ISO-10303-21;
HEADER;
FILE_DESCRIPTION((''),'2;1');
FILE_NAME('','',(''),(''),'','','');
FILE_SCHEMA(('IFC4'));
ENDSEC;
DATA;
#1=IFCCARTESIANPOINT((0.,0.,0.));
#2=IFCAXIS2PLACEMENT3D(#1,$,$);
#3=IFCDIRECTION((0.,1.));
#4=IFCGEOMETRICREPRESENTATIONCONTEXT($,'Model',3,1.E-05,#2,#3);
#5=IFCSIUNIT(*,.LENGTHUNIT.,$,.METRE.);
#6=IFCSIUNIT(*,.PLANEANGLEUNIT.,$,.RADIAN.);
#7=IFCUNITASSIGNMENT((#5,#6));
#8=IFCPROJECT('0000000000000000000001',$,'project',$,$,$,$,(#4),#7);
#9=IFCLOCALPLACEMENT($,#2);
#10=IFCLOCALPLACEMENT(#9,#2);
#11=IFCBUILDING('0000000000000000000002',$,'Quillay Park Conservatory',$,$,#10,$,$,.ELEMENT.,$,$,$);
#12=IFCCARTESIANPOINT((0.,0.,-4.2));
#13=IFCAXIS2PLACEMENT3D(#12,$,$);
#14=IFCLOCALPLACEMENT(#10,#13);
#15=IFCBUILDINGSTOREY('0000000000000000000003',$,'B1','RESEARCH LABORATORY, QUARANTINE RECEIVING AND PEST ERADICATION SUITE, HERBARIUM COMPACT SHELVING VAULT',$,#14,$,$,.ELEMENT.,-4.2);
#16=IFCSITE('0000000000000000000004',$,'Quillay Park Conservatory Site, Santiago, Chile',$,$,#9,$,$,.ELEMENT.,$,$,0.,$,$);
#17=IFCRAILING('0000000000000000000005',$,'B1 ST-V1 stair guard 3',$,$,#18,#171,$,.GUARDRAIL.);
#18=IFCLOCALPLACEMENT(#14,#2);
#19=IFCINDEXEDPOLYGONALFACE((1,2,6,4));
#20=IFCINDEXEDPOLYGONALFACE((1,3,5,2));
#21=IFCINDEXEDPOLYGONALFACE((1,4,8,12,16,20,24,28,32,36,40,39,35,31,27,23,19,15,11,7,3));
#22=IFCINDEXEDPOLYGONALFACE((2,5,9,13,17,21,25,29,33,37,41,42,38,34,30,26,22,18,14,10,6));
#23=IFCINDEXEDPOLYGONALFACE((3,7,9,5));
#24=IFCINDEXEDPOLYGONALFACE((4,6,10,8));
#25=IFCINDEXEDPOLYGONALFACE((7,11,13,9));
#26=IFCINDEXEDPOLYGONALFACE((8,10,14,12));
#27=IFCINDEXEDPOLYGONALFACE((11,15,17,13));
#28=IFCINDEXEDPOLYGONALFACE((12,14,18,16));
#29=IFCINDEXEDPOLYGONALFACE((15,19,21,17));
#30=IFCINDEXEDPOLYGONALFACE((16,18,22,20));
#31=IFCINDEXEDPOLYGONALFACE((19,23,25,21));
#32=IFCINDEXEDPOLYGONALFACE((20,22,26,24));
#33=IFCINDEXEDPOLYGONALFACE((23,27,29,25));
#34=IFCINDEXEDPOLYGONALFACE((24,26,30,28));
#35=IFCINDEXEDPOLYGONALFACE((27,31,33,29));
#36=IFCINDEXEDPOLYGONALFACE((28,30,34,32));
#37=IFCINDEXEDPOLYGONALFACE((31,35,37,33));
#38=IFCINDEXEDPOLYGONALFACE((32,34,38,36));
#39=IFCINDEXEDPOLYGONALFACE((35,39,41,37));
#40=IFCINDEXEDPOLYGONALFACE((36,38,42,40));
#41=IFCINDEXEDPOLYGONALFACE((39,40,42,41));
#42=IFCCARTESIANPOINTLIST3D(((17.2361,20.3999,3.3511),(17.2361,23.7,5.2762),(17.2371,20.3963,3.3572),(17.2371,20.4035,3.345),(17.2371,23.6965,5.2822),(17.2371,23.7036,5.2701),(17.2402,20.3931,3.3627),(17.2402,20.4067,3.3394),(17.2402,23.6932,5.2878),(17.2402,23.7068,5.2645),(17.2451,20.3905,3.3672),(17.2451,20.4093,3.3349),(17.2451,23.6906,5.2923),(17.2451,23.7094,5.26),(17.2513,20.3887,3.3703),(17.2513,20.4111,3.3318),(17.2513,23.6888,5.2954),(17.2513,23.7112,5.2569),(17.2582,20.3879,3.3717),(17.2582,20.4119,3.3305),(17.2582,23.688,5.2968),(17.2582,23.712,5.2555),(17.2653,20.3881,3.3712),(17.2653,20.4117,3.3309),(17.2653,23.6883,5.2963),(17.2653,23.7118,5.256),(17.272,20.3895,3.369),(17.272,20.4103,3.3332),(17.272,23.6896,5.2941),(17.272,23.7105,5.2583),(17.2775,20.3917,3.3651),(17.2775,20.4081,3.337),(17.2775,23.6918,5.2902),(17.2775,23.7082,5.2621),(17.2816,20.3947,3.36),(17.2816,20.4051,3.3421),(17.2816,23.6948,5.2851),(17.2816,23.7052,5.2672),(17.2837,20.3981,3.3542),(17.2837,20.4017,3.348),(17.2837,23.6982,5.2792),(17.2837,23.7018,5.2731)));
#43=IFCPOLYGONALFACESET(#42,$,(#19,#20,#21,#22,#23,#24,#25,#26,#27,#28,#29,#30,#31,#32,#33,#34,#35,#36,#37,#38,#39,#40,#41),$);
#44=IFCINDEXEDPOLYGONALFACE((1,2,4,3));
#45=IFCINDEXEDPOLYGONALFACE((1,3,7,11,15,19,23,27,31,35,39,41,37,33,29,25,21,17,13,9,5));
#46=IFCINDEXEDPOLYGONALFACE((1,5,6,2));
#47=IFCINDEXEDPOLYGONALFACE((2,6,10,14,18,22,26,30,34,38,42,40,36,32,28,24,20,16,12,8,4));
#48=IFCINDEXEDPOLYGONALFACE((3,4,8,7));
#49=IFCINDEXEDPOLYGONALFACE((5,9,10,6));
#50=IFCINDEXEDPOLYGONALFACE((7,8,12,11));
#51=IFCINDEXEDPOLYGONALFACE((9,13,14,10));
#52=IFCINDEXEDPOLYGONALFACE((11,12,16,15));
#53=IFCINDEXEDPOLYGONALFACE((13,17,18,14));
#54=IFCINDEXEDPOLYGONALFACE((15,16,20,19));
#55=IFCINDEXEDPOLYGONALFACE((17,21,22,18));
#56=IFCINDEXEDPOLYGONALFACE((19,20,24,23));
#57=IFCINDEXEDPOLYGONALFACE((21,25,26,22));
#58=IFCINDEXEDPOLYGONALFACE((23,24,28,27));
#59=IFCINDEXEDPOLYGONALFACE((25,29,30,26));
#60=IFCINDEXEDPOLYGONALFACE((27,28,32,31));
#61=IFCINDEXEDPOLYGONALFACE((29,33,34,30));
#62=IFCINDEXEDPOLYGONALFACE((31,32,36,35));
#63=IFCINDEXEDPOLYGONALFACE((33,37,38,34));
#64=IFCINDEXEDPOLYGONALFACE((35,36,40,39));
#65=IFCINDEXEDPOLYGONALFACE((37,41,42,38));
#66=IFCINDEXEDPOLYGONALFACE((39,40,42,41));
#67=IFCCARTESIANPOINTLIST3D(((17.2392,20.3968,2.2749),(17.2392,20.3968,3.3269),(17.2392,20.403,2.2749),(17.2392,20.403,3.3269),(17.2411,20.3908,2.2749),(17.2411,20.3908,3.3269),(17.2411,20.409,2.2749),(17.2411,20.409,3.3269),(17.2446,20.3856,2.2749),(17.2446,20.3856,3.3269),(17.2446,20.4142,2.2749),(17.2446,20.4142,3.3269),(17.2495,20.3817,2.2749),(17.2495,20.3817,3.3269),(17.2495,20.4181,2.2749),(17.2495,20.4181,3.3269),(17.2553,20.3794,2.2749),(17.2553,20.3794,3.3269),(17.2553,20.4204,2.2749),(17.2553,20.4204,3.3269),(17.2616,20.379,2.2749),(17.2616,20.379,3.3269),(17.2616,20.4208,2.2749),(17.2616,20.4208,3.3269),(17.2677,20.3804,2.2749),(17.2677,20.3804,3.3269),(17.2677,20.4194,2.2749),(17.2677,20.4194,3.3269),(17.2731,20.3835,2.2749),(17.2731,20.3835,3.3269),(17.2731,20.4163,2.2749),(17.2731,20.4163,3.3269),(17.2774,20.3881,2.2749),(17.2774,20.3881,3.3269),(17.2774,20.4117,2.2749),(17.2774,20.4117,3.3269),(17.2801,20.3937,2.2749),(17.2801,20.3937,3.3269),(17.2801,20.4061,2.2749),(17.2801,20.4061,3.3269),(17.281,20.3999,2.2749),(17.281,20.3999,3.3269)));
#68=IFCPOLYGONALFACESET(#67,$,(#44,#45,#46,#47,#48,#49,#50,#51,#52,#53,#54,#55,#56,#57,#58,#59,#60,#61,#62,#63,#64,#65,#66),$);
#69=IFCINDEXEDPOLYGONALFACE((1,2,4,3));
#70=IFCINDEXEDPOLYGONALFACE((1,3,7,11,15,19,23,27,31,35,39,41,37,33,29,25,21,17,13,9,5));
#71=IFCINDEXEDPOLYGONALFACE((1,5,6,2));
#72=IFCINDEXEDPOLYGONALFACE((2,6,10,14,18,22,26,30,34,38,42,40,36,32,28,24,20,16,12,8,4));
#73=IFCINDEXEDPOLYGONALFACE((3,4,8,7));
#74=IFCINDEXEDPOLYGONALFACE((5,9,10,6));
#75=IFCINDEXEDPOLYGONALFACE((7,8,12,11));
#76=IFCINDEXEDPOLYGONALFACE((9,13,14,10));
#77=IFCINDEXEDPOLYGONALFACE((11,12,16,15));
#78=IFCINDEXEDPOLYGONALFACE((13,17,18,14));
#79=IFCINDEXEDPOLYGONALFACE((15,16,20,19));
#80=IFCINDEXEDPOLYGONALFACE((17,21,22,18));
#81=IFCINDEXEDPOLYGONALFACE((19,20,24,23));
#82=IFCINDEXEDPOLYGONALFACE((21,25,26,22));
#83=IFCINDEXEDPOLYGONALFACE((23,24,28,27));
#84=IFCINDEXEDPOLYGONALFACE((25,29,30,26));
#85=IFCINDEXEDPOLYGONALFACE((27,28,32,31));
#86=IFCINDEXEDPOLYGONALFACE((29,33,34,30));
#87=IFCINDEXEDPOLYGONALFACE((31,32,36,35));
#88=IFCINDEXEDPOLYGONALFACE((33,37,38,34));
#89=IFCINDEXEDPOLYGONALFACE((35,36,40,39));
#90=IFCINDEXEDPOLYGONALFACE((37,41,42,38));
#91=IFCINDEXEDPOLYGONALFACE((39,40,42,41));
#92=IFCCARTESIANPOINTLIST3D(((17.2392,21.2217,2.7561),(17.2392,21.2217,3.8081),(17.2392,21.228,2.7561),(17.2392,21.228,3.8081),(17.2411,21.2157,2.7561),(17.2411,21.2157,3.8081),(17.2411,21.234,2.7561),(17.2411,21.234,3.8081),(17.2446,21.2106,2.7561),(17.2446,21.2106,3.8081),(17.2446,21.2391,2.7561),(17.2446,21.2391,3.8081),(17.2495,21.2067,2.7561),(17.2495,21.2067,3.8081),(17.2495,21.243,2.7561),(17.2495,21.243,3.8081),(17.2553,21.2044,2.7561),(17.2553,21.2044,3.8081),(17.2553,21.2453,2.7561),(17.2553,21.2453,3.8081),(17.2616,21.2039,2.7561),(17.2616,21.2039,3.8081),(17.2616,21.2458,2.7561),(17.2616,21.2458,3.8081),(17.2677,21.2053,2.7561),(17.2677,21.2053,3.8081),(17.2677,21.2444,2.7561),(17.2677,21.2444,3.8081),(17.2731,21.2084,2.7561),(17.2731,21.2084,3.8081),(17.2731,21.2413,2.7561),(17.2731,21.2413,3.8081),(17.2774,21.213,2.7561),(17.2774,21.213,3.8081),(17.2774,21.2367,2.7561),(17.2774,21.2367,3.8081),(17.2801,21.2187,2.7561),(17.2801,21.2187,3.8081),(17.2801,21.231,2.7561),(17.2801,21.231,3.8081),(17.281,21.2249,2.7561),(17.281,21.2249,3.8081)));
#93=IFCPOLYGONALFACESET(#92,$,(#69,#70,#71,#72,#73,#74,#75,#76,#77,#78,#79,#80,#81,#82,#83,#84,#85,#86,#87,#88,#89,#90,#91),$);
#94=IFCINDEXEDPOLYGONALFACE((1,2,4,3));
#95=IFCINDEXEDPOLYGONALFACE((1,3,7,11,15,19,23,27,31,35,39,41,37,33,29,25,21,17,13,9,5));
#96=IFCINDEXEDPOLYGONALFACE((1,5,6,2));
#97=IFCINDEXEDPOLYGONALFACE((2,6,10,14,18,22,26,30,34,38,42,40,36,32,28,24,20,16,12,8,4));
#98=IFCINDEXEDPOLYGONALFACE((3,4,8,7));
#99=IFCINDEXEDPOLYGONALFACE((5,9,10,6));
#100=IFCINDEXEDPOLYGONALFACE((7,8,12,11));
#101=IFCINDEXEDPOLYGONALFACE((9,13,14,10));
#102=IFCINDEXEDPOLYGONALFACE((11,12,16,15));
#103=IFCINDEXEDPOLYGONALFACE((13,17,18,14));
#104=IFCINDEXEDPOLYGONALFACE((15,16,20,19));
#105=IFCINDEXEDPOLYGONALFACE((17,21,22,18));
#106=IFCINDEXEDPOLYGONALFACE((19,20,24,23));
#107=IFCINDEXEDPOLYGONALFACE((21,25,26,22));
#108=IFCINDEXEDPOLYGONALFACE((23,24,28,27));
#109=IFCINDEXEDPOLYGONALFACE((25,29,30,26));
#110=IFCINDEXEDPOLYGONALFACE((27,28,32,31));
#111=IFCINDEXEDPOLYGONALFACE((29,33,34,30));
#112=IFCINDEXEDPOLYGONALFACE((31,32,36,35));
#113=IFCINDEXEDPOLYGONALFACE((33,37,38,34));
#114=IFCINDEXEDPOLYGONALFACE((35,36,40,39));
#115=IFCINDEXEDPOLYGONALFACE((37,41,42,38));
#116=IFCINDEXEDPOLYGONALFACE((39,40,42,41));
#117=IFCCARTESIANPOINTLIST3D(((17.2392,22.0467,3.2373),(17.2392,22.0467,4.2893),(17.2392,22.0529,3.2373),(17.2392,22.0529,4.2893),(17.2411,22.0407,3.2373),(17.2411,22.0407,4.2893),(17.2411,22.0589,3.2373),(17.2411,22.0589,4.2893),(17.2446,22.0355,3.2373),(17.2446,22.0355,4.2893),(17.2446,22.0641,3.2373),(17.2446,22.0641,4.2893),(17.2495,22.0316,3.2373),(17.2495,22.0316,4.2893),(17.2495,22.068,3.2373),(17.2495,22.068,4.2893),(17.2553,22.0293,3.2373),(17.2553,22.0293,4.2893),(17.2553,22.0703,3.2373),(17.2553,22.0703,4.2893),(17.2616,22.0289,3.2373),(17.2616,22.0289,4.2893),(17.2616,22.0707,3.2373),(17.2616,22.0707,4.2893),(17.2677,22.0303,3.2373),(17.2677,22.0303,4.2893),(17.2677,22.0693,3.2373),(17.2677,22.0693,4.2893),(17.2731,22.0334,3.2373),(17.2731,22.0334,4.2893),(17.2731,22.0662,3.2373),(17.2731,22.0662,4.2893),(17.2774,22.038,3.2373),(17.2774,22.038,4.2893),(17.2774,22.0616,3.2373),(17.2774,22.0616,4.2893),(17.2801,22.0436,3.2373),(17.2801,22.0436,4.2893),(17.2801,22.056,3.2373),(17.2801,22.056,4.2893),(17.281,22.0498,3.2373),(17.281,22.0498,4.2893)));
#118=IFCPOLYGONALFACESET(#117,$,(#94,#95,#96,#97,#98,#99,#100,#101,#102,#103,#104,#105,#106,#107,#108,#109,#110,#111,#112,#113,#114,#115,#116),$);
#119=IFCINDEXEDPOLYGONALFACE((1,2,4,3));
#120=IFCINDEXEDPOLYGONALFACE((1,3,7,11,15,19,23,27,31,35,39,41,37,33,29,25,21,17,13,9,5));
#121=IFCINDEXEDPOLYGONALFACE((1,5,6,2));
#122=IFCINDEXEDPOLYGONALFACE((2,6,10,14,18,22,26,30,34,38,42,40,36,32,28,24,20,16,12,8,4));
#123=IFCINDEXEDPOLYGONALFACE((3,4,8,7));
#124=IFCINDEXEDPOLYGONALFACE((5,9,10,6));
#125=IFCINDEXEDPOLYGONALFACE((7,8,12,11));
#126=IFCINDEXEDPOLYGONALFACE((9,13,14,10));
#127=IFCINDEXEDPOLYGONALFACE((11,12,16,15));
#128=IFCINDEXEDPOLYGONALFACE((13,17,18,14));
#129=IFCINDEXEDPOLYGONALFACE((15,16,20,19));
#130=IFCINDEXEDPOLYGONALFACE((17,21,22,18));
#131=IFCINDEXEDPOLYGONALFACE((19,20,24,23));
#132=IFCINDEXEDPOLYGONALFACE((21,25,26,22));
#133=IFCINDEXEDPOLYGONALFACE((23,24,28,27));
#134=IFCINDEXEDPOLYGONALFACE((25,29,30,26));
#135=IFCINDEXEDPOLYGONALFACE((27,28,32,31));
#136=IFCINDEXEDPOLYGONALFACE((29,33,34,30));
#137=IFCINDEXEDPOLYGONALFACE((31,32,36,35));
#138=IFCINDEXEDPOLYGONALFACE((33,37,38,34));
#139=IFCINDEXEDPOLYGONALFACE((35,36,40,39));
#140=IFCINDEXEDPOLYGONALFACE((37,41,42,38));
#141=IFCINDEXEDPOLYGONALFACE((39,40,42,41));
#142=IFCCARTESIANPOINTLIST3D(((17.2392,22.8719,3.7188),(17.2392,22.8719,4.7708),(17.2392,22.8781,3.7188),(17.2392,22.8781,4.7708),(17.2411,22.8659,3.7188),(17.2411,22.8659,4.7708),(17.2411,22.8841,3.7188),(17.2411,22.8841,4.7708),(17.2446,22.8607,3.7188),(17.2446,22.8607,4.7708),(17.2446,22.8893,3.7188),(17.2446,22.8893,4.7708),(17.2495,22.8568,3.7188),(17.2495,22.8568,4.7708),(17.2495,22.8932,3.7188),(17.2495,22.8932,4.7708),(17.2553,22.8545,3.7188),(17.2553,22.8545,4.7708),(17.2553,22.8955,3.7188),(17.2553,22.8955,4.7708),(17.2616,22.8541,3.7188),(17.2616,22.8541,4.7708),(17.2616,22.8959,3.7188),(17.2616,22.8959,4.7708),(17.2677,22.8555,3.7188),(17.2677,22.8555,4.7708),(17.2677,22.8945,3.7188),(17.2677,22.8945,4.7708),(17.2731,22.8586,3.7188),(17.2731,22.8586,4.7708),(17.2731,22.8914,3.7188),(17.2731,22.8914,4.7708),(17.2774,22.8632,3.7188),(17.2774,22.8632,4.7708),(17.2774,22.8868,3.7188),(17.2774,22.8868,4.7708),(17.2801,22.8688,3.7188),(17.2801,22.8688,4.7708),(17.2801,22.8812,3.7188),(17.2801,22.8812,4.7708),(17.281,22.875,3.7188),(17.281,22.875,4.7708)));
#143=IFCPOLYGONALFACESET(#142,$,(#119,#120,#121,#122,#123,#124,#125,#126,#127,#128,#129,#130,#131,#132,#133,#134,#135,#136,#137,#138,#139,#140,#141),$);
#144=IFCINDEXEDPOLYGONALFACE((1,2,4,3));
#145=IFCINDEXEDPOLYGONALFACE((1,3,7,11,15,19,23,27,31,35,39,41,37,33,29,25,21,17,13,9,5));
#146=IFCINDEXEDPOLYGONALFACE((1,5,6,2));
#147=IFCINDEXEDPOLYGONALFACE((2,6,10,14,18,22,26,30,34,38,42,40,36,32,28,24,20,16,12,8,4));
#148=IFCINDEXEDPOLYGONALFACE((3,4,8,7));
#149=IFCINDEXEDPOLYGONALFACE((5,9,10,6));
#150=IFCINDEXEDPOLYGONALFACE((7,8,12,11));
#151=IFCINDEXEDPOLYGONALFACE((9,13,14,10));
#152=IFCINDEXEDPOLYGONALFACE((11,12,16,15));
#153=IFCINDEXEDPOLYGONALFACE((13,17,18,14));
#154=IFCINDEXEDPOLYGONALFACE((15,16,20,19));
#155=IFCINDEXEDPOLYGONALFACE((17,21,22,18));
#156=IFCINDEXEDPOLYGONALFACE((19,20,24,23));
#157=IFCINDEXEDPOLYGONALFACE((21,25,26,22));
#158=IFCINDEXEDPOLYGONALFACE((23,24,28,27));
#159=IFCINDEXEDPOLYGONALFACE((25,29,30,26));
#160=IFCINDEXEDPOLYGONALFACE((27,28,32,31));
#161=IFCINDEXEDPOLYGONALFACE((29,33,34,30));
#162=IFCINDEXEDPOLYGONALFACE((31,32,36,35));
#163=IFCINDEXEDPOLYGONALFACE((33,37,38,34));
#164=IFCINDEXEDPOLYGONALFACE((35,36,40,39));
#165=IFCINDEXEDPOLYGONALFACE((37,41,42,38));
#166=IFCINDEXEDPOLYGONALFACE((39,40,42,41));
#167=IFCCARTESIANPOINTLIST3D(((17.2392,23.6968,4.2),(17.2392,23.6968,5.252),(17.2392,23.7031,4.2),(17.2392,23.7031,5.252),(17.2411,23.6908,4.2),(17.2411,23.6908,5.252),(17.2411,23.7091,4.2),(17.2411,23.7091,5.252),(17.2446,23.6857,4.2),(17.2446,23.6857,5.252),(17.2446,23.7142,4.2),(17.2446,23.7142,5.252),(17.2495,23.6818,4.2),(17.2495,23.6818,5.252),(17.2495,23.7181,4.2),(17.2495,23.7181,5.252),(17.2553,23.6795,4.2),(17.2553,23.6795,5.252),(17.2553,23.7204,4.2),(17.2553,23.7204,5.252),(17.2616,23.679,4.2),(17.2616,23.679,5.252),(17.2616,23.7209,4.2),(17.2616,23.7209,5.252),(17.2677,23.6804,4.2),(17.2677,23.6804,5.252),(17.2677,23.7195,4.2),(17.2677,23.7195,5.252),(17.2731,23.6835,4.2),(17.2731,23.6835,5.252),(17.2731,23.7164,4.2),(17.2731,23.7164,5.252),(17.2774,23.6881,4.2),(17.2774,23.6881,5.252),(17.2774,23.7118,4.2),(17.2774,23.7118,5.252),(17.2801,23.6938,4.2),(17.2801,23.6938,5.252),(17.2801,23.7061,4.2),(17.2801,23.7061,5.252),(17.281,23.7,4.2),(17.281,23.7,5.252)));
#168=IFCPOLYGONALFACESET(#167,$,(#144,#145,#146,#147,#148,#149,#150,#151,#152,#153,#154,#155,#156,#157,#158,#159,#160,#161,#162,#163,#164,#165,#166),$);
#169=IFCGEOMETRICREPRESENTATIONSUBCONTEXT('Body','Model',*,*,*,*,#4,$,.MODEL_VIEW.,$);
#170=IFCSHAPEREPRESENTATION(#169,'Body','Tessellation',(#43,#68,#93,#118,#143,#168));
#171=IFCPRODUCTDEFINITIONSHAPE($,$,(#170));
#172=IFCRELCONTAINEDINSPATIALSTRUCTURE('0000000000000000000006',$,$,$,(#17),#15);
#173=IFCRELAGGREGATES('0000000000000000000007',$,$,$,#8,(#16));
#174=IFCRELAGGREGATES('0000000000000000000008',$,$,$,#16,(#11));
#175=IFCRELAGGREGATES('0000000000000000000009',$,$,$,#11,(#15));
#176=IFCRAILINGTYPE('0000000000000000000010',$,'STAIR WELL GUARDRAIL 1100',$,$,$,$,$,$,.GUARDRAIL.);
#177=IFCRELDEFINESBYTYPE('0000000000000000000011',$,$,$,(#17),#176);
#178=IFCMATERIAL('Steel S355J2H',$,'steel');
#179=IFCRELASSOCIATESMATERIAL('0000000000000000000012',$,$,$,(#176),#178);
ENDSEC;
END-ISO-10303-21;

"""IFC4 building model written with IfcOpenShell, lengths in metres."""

from ifc_helpers import new_model, si_unit, direction, frame, origin, origin_2d, place, context, subcontext, project, spatial, circle, extrude, material, type_object, element, save


model = new_model("IFC4")

# Units and contexts
model_context = context("Model", 3, precision=1e-05, world=origin(), true_north=direction((0.0, 1.0)))
body_context = subcontext(model_context, "Body", "Model", "MODEL_VIEW")
ifc_project = project(units=[si_unit("LENGTHUNIT", "METRE"), si_unit("PLANEANGLEUNIT", "RADIAN")], contexts=[model_context])

# Site, building, storey
site_placement = place(None, origin())
site = spatial("IfcSite", under=ifc_project, at=site_placement, Name="Quillay Park Conservatory Site, Santiago, Chile", CompositionType="ELEMENT", RefElevation=0.0)
building_placement = place(site_placement, origin())
building = spatial("IfcBuilding", under=site, at=building_placement, Name="Quillay Park Conservatory", CompositionType="ELEMENT")
storey_placement = place(building_placement, frame((0.0, 0.0, -4.2)))
storey = spatial("IfcBuildingStorey", under=building, at=storey_placement, Name="B1", Description="RESEARCH LABORATORY, QUARANTINE RECEIVING AND PEST ERADICATION SUITE, HERBARIUM COMPACT SHELVING VAULT", CompositionType="ELEMENT", Elevation=-4.2)

# Railing
ifc_material_1 = material(Name="Steel S355J2H", Category="steel")
railing_type = type_object("IfcRailingType", Name="STAIR WELL GUARDRAIL 1100", PredefinedType="GUARDRAIL", material=ifc_material_1)
railing_1_placement = place(storey_placement, frame((17.26, 20.3999, 2.2749)))
element("IfcRailing", 1, at=railing_1_placement, inside=storey, type_object=railing_type, Name="B1 ST-V1 stair guard 3", PredefinedType="GUARDRAIL", context=body_context, shape_type="SweptSolid", body=[
    extrude(circle(Radius=0.0239, at=origin_2d()), frame((0.0, 0.0, 1.0762), z_axis=(0.0, 0.863777, 0.503875), x_axis=(-1.0, 0.0, 0.0)), (0.0, 0.0, 1.0), 3.8206),
    extrude(circle(Radius=0.021, at=origin_2d()), origin(), (0.0, 0.0, 1.0), 1.052),
    extrude(circle(Radius=0.021, at=origin_2d()), frame((0.0, 0.825, 0.4812)), (0.0, 0.0, 1.0), 1.052),
    extrude(circle(Radius=0.021, at=origin_2d()), frame((0.0, 1.6499, 0.9624)), (0.0, 0.0, 1.0), 1.052),
    extrude(circle(Radius=0.021, at=origin_2d()), frame((0.0, 2.4751, 1.4438)), (0.0, 0.0, 1.0), 1.052),
    extrude(circle(Radius=0.021, at=origin_2d()), frame((0.0, 3.3, 1.925)), (0.0, 0.0, 1.0), 1.052),
])

save(model, "model.ifc")
